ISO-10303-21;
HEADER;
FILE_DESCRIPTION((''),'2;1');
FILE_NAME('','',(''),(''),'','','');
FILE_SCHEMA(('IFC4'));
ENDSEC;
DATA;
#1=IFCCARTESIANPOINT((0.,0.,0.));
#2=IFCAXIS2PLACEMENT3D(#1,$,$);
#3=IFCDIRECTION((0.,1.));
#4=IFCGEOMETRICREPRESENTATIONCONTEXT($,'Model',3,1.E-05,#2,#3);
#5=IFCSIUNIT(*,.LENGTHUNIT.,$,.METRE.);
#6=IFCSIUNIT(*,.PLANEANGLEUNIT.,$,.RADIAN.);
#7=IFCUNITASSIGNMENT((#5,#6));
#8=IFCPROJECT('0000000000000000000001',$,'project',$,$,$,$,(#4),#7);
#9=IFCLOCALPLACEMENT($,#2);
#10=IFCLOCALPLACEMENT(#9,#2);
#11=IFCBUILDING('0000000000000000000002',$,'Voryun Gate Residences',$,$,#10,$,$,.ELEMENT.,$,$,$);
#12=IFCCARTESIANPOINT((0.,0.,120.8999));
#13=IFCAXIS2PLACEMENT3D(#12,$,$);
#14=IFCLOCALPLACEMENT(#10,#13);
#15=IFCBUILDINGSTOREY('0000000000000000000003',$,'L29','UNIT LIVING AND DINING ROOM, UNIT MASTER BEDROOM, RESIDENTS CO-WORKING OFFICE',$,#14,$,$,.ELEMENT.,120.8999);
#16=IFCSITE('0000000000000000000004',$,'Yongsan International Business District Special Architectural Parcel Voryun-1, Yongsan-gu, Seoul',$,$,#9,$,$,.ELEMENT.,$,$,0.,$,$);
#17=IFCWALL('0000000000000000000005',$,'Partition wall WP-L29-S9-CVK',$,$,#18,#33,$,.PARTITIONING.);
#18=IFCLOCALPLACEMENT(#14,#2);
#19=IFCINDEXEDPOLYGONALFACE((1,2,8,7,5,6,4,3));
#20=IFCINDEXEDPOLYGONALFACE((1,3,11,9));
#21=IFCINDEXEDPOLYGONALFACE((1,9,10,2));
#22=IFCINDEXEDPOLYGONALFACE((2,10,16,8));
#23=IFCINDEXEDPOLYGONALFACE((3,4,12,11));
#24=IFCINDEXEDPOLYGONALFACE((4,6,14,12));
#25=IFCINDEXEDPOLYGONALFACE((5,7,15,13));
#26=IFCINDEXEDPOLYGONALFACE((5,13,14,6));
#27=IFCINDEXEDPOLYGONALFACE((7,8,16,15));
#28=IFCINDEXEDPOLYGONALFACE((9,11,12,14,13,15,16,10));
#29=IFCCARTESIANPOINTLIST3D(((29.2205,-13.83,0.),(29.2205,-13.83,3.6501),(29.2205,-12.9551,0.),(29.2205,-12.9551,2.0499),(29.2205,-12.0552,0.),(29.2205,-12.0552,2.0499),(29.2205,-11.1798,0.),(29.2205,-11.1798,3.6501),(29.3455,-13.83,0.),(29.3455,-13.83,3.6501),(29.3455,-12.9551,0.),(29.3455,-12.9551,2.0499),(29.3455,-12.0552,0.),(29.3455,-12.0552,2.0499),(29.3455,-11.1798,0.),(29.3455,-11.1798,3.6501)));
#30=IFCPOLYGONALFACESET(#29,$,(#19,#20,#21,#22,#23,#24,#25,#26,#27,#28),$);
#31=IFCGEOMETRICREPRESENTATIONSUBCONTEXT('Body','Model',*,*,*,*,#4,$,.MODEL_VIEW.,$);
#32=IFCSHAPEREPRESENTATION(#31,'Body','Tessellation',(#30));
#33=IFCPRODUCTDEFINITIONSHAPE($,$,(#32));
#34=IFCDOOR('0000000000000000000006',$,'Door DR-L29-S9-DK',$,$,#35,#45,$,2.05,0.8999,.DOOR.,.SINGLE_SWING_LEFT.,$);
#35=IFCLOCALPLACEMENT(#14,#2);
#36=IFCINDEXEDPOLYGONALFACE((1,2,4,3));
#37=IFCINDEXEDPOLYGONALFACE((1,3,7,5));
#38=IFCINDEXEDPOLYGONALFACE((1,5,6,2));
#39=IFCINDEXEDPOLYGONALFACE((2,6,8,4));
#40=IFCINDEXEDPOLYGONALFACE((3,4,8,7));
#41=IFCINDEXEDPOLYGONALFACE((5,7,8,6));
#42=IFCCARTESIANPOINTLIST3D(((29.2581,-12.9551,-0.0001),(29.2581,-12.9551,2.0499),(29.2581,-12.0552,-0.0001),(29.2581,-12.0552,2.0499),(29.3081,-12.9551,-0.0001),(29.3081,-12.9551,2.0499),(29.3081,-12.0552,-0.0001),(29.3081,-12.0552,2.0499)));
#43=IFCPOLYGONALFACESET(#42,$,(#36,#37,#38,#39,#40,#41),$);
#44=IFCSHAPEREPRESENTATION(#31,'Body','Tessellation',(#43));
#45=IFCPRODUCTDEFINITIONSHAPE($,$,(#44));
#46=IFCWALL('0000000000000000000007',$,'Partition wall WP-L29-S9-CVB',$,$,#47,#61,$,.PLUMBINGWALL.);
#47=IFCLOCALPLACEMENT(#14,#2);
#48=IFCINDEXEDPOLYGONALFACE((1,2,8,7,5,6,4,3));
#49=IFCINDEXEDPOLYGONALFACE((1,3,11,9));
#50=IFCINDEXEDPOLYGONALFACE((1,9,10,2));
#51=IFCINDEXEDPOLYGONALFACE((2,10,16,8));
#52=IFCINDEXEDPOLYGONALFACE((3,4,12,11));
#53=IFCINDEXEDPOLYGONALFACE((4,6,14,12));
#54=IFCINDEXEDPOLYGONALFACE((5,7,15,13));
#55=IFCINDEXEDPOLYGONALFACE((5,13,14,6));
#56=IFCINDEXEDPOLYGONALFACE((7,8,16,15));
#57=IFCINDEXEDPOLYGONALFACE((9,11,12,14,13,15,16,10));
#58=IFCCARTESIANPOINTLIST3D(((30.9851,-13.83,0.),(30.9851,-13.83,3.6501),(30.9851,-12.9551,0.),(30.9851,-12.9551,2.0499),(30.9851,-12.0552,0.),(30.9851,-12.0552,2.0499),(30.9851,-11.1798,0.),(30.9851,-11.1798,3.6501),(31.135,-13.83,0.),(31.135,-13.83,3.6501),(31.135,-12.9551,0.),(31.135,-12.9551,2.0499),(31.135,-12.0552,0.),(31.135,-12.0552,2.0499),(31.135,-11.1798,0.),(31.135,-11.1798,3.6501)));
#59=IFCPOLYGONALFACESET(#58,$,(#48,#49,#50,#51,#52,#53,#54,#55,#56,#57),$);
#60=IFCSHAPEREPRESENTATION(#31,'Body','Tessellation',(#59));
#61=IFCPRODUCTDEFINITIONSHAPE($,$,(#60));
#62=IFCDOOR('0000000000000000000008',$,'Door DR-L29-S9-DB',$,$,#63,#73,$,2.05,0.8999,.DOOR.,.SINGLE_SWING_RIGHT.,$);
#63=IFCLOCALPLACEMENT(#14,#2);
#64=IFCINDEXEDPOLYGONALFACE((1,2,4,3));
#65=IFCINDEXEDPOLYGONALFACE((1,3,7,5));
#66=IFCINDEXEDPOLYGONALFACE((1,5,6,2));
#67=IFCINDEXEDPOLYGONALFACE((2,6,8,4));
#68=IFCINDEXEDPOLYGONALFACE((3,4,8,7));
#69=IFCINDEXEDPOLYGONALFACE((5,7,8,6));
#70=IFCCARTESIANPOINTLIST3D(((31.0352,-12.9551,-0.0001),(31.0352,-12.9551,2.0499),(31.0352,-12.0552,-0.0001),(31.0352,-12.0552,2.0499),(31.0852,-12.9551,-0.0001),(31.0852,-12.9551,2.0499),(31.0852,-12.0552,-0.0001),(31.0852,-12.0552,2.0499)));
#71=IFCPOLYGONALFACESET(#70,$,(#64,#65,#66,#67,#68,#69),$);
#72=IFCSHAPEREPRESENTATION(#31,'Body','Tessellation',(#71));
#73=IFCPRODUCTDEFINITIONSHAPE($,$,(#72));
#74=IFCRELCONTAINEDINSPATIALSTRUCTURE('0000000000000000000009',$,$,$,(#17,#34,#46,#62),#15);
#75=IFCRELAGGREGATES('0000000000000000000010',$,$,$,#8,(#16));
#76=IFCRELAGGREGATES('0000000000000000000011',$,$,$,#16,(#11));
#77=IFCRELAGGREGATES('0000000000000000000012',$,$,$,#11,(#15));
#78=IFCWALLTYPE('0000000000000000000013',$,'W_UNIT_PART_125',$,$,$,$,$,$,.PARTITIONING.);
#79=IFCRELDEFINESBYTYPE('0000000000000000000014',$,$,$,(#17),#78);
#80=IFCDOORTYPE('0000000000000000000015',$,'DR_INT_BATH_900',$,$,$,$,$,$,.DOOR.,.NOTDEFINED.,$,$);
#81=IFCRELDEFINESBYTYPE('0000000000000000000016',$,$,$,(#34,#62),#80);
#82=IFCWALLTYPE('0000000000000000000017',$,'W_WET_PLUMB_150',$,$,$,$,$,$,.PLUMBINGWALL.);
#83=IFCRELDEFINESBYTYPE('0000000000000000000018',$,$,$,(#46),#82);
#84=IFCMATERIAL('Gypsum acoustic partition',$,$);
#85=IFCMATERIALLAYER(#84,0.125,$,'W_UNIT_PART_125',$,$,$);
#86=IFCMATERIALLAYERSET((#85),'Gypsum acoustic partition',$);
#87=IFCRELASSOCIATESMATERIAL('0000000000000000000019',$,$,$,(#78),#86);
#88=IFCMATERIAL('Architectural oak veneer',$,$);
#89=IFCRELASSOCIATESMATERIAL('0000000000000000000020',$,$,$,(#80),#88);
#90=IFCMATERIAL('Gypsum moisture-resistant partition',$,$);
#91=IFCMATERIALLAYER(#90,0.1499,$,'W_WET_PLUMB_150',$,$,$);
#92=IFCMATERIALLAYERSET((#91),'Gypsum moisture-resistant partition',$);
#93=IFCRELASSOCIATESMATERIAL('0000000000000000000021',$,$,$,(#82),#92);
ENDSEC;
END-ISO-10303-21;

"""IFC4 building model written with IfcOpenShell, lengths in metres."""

from ifc_helpers import new_model, si_unit, direction, frame, frame_2d, origin, place, context, subcontext, project, spatial, rectangle, extrude, material, layer, layer_set, type_object, element, fill, save


model = new_model("IFC4")

# Units and contexts
model_context = context("Model", 3, precision=1e-05, world=origin(), true_north=direction((0.0, 1.0)))
body_context = subcontext(model_context, "Body", "Model", "MODEL_VIEW")
ifc_project = project(units=[si_unit("LENGTHUNIT", "METRE"), si_unit("PLANEANGLEUNIT", "RADIAN")], contexts=[model_context])

# Site, building, storey
site_placement = place(None, origin())
site = spatial("IfcSite", under=ifc_project, at=site_placement, Name="Yongsan International Business District Special Architectural Parcel Voryun-1, Yongsan-gu, Seoul", CompositionType="ELEMENT", RefElevation=0.0)
building_placement = place(site_placement, origin())
building = spatial("IfcBuilding", under=site, at=building_placement, Name="Voryun Gate Residences", CompositionType="ELEMENT")
storey_placement = place(building_placement, frame((0.0, 0.0, 120.8999)))
storey = spatial("IfcBuildingStorey", under=building, at=storey_placement, Name="L29", Description="UNIT LIVING AND DINING ROOM, UNIT MASTER BEDROOM, RESIDENTS CO-WORKING OFFICE", CompositionType="ELEMENT", Elevation=120.8999)

# Walls, openings, doors
ifc_material_1 = material(Name="Gypsum acoustic partition")
ifc_layer_1 = layer(ifc_material_1, 0.125, Name="W_UNIT_PART_125")
ifc_layer_set_1 = layer_set([ifc_layer_1], Name="Gypsum acoustic partition")
wall_type_1 = type_object("IfcWallType", Name="W_UNIT_PART_125", PredefinedType="PARTITIONING", material=ifc_layer_set_1)
wall_1_placement = place(storey_placement, frame((29.283, -13.8301, 0.0), z_axis=(0.0, 0.0, 1.0), x_axis=(0.0, 1.0, 0.0)))
wall_1 = element("IfcWall", 1, at=wall_1_placement, inside=storey, type_object=wall_type_1, Name="Partition wall WP-L29-S9-CVK", PredefinedType="PARTITIONING", context=body_context, shape_type="SweptSolid", body=[
    extrude(rectangle(XDim=2.6501, YDim=0.125, at=frame_2d((1.3252, 0.0))), origin(), (0.0, 0.0, 1.0), 3.6501),
])
opening_1_placement = place(wall_1_placement, frame((0.875, 0.0, 0.0)))
opening_1 = element("IfcOpeningElement", 2, at=opening_1_placement, cuts=wall_1, PredefinedType="OPENING", context=body_context, shape_type="SweptSolid", body=[
    extrude(rectangle(XDim=0.8999, YDim=2.05, at=frame_2d((0.45, 1.0249))), frame((0.0, 0.0725, 0.0), z_axis=(0.0, -1.0, 0.0), x_axis=(1.0, 0.0, 0.0)), (0.0, 0.0, 1.0), 0.145),
])
ifc_material_2 = material(Name="Architectural oak veneer")
door_type = type_object("IfcDoorType", Name="DR_INT_BATH_900", OperationType="NOTDEFINED", PredefinedType="DOOR", material=ifc_material_2)
door_1_placement = place(opening_1_placement, origin())
door_1 = element("IfcDoor", 3, at=door_1_placement, inside=storey, type_object=door_type, Name="Door DR-L29-S9-DK", OperationType="SINGLE_SWING_LEFT", OverallHeight=2.05, OverallWidth=0.8999, PredefinedType="DOOR", context=body_context, shape_type="SweptSolid", body=[
    extrude(rectangle(XDim=0.8999, YDim=2.05, at=frame_2d((0.45, 1.0249))), frame((0.0, 0.0249, 0.0), z_axis=(0.0, -1.0, 0.0), x_axis=(1.0, 0.0, 0.0)), (0.0, 0.0, 1.0), 0.05),
])
fill(opening_1, door_1)
ifc_material_3 = material(Name="Gypsum moisture-resistant partition")
ifc_layer_2 = layer(ifc_material_3, 0.1499, Name="W_WET_PLUMB_150")
ifc_layer_set_2 = layer_set([ifc_layer_2], Name="Gypsum moisture-resistant partition")
wall_type_2 = type_object("IfcWallType", Name="W_WET_PLUMB_150", PredefinedType="PLUMBINGWALL", material=ifc_layer_set_2)
wall_2_placement = place(storey_placement, frame((31.0601, -13.8301, 0.0), z_axis=(0.0, 0.0, 1.0), x_axis=(0.0, 1.0, 0.0)))
wall_2 = element("IfcWall", 4, at=wall_2_placement, inside=storey, type_object=wall_type_2, Name="Partition wall WP-L29-S9-CVB", PredefinedType="PLUMBINGWALL", context=body_context, shape_type="SweptSolid", body=[
    extrude(rectangle(XDim=2.6501, YDim=0.1499, at=frame_2d((1.3252, 0.0))), origin(), (0.0, 0.0, 1.0), 3.6501),
])
opening_2_placement = place(wall_2_placement, frame((0.875, 0.0, 0.0)))
opening_2 = element("IfcOpeningElement", 5, at=opening_2_placement, cuts=wall_2, PredefinedType="OPENING", context=body_context, shape_type="SweptSolid", body=[
    extrude(rectangle(XDim=0.8999, YDim=2.05, at=frame_2d((0.45, 1.0249))), frame((0.0, 0.085, 0.0), z_axis=(0.0, -1.0, 0.0), x_axis=(1.0, 0.0, 0.0)), (0.0, 0.0, 1.0), 0.1699),
])
door_2_placement = place(opening_2_placement, origin())
door_2 = element("IfcDoor", 6, at=door_2_placement, inside=storey, type_object=door_type, Name="Door DR-L29-S9-DB", OperationType="SINGLE_SWING_RIGHT", OverallHeight=2.05, OverallWidth=0.8999, PredefinedType="DOOR", context=body_context, shape_type="SweptSolid", body=[
    extrude(rectangle(XDim=0.8999, YDim=2.05, at=frame_2d((0.45, 1.0249))), frame((0.0, 0.0249, 0.0), z_axis=(0.0, -1.0, 0.0), x_axis=(1.0, 0.0, 0.0)), (0.0, 0.0, 1.0), 0.05),
])
fill(opening_2, door_2)

save(model, "model.ifc")
